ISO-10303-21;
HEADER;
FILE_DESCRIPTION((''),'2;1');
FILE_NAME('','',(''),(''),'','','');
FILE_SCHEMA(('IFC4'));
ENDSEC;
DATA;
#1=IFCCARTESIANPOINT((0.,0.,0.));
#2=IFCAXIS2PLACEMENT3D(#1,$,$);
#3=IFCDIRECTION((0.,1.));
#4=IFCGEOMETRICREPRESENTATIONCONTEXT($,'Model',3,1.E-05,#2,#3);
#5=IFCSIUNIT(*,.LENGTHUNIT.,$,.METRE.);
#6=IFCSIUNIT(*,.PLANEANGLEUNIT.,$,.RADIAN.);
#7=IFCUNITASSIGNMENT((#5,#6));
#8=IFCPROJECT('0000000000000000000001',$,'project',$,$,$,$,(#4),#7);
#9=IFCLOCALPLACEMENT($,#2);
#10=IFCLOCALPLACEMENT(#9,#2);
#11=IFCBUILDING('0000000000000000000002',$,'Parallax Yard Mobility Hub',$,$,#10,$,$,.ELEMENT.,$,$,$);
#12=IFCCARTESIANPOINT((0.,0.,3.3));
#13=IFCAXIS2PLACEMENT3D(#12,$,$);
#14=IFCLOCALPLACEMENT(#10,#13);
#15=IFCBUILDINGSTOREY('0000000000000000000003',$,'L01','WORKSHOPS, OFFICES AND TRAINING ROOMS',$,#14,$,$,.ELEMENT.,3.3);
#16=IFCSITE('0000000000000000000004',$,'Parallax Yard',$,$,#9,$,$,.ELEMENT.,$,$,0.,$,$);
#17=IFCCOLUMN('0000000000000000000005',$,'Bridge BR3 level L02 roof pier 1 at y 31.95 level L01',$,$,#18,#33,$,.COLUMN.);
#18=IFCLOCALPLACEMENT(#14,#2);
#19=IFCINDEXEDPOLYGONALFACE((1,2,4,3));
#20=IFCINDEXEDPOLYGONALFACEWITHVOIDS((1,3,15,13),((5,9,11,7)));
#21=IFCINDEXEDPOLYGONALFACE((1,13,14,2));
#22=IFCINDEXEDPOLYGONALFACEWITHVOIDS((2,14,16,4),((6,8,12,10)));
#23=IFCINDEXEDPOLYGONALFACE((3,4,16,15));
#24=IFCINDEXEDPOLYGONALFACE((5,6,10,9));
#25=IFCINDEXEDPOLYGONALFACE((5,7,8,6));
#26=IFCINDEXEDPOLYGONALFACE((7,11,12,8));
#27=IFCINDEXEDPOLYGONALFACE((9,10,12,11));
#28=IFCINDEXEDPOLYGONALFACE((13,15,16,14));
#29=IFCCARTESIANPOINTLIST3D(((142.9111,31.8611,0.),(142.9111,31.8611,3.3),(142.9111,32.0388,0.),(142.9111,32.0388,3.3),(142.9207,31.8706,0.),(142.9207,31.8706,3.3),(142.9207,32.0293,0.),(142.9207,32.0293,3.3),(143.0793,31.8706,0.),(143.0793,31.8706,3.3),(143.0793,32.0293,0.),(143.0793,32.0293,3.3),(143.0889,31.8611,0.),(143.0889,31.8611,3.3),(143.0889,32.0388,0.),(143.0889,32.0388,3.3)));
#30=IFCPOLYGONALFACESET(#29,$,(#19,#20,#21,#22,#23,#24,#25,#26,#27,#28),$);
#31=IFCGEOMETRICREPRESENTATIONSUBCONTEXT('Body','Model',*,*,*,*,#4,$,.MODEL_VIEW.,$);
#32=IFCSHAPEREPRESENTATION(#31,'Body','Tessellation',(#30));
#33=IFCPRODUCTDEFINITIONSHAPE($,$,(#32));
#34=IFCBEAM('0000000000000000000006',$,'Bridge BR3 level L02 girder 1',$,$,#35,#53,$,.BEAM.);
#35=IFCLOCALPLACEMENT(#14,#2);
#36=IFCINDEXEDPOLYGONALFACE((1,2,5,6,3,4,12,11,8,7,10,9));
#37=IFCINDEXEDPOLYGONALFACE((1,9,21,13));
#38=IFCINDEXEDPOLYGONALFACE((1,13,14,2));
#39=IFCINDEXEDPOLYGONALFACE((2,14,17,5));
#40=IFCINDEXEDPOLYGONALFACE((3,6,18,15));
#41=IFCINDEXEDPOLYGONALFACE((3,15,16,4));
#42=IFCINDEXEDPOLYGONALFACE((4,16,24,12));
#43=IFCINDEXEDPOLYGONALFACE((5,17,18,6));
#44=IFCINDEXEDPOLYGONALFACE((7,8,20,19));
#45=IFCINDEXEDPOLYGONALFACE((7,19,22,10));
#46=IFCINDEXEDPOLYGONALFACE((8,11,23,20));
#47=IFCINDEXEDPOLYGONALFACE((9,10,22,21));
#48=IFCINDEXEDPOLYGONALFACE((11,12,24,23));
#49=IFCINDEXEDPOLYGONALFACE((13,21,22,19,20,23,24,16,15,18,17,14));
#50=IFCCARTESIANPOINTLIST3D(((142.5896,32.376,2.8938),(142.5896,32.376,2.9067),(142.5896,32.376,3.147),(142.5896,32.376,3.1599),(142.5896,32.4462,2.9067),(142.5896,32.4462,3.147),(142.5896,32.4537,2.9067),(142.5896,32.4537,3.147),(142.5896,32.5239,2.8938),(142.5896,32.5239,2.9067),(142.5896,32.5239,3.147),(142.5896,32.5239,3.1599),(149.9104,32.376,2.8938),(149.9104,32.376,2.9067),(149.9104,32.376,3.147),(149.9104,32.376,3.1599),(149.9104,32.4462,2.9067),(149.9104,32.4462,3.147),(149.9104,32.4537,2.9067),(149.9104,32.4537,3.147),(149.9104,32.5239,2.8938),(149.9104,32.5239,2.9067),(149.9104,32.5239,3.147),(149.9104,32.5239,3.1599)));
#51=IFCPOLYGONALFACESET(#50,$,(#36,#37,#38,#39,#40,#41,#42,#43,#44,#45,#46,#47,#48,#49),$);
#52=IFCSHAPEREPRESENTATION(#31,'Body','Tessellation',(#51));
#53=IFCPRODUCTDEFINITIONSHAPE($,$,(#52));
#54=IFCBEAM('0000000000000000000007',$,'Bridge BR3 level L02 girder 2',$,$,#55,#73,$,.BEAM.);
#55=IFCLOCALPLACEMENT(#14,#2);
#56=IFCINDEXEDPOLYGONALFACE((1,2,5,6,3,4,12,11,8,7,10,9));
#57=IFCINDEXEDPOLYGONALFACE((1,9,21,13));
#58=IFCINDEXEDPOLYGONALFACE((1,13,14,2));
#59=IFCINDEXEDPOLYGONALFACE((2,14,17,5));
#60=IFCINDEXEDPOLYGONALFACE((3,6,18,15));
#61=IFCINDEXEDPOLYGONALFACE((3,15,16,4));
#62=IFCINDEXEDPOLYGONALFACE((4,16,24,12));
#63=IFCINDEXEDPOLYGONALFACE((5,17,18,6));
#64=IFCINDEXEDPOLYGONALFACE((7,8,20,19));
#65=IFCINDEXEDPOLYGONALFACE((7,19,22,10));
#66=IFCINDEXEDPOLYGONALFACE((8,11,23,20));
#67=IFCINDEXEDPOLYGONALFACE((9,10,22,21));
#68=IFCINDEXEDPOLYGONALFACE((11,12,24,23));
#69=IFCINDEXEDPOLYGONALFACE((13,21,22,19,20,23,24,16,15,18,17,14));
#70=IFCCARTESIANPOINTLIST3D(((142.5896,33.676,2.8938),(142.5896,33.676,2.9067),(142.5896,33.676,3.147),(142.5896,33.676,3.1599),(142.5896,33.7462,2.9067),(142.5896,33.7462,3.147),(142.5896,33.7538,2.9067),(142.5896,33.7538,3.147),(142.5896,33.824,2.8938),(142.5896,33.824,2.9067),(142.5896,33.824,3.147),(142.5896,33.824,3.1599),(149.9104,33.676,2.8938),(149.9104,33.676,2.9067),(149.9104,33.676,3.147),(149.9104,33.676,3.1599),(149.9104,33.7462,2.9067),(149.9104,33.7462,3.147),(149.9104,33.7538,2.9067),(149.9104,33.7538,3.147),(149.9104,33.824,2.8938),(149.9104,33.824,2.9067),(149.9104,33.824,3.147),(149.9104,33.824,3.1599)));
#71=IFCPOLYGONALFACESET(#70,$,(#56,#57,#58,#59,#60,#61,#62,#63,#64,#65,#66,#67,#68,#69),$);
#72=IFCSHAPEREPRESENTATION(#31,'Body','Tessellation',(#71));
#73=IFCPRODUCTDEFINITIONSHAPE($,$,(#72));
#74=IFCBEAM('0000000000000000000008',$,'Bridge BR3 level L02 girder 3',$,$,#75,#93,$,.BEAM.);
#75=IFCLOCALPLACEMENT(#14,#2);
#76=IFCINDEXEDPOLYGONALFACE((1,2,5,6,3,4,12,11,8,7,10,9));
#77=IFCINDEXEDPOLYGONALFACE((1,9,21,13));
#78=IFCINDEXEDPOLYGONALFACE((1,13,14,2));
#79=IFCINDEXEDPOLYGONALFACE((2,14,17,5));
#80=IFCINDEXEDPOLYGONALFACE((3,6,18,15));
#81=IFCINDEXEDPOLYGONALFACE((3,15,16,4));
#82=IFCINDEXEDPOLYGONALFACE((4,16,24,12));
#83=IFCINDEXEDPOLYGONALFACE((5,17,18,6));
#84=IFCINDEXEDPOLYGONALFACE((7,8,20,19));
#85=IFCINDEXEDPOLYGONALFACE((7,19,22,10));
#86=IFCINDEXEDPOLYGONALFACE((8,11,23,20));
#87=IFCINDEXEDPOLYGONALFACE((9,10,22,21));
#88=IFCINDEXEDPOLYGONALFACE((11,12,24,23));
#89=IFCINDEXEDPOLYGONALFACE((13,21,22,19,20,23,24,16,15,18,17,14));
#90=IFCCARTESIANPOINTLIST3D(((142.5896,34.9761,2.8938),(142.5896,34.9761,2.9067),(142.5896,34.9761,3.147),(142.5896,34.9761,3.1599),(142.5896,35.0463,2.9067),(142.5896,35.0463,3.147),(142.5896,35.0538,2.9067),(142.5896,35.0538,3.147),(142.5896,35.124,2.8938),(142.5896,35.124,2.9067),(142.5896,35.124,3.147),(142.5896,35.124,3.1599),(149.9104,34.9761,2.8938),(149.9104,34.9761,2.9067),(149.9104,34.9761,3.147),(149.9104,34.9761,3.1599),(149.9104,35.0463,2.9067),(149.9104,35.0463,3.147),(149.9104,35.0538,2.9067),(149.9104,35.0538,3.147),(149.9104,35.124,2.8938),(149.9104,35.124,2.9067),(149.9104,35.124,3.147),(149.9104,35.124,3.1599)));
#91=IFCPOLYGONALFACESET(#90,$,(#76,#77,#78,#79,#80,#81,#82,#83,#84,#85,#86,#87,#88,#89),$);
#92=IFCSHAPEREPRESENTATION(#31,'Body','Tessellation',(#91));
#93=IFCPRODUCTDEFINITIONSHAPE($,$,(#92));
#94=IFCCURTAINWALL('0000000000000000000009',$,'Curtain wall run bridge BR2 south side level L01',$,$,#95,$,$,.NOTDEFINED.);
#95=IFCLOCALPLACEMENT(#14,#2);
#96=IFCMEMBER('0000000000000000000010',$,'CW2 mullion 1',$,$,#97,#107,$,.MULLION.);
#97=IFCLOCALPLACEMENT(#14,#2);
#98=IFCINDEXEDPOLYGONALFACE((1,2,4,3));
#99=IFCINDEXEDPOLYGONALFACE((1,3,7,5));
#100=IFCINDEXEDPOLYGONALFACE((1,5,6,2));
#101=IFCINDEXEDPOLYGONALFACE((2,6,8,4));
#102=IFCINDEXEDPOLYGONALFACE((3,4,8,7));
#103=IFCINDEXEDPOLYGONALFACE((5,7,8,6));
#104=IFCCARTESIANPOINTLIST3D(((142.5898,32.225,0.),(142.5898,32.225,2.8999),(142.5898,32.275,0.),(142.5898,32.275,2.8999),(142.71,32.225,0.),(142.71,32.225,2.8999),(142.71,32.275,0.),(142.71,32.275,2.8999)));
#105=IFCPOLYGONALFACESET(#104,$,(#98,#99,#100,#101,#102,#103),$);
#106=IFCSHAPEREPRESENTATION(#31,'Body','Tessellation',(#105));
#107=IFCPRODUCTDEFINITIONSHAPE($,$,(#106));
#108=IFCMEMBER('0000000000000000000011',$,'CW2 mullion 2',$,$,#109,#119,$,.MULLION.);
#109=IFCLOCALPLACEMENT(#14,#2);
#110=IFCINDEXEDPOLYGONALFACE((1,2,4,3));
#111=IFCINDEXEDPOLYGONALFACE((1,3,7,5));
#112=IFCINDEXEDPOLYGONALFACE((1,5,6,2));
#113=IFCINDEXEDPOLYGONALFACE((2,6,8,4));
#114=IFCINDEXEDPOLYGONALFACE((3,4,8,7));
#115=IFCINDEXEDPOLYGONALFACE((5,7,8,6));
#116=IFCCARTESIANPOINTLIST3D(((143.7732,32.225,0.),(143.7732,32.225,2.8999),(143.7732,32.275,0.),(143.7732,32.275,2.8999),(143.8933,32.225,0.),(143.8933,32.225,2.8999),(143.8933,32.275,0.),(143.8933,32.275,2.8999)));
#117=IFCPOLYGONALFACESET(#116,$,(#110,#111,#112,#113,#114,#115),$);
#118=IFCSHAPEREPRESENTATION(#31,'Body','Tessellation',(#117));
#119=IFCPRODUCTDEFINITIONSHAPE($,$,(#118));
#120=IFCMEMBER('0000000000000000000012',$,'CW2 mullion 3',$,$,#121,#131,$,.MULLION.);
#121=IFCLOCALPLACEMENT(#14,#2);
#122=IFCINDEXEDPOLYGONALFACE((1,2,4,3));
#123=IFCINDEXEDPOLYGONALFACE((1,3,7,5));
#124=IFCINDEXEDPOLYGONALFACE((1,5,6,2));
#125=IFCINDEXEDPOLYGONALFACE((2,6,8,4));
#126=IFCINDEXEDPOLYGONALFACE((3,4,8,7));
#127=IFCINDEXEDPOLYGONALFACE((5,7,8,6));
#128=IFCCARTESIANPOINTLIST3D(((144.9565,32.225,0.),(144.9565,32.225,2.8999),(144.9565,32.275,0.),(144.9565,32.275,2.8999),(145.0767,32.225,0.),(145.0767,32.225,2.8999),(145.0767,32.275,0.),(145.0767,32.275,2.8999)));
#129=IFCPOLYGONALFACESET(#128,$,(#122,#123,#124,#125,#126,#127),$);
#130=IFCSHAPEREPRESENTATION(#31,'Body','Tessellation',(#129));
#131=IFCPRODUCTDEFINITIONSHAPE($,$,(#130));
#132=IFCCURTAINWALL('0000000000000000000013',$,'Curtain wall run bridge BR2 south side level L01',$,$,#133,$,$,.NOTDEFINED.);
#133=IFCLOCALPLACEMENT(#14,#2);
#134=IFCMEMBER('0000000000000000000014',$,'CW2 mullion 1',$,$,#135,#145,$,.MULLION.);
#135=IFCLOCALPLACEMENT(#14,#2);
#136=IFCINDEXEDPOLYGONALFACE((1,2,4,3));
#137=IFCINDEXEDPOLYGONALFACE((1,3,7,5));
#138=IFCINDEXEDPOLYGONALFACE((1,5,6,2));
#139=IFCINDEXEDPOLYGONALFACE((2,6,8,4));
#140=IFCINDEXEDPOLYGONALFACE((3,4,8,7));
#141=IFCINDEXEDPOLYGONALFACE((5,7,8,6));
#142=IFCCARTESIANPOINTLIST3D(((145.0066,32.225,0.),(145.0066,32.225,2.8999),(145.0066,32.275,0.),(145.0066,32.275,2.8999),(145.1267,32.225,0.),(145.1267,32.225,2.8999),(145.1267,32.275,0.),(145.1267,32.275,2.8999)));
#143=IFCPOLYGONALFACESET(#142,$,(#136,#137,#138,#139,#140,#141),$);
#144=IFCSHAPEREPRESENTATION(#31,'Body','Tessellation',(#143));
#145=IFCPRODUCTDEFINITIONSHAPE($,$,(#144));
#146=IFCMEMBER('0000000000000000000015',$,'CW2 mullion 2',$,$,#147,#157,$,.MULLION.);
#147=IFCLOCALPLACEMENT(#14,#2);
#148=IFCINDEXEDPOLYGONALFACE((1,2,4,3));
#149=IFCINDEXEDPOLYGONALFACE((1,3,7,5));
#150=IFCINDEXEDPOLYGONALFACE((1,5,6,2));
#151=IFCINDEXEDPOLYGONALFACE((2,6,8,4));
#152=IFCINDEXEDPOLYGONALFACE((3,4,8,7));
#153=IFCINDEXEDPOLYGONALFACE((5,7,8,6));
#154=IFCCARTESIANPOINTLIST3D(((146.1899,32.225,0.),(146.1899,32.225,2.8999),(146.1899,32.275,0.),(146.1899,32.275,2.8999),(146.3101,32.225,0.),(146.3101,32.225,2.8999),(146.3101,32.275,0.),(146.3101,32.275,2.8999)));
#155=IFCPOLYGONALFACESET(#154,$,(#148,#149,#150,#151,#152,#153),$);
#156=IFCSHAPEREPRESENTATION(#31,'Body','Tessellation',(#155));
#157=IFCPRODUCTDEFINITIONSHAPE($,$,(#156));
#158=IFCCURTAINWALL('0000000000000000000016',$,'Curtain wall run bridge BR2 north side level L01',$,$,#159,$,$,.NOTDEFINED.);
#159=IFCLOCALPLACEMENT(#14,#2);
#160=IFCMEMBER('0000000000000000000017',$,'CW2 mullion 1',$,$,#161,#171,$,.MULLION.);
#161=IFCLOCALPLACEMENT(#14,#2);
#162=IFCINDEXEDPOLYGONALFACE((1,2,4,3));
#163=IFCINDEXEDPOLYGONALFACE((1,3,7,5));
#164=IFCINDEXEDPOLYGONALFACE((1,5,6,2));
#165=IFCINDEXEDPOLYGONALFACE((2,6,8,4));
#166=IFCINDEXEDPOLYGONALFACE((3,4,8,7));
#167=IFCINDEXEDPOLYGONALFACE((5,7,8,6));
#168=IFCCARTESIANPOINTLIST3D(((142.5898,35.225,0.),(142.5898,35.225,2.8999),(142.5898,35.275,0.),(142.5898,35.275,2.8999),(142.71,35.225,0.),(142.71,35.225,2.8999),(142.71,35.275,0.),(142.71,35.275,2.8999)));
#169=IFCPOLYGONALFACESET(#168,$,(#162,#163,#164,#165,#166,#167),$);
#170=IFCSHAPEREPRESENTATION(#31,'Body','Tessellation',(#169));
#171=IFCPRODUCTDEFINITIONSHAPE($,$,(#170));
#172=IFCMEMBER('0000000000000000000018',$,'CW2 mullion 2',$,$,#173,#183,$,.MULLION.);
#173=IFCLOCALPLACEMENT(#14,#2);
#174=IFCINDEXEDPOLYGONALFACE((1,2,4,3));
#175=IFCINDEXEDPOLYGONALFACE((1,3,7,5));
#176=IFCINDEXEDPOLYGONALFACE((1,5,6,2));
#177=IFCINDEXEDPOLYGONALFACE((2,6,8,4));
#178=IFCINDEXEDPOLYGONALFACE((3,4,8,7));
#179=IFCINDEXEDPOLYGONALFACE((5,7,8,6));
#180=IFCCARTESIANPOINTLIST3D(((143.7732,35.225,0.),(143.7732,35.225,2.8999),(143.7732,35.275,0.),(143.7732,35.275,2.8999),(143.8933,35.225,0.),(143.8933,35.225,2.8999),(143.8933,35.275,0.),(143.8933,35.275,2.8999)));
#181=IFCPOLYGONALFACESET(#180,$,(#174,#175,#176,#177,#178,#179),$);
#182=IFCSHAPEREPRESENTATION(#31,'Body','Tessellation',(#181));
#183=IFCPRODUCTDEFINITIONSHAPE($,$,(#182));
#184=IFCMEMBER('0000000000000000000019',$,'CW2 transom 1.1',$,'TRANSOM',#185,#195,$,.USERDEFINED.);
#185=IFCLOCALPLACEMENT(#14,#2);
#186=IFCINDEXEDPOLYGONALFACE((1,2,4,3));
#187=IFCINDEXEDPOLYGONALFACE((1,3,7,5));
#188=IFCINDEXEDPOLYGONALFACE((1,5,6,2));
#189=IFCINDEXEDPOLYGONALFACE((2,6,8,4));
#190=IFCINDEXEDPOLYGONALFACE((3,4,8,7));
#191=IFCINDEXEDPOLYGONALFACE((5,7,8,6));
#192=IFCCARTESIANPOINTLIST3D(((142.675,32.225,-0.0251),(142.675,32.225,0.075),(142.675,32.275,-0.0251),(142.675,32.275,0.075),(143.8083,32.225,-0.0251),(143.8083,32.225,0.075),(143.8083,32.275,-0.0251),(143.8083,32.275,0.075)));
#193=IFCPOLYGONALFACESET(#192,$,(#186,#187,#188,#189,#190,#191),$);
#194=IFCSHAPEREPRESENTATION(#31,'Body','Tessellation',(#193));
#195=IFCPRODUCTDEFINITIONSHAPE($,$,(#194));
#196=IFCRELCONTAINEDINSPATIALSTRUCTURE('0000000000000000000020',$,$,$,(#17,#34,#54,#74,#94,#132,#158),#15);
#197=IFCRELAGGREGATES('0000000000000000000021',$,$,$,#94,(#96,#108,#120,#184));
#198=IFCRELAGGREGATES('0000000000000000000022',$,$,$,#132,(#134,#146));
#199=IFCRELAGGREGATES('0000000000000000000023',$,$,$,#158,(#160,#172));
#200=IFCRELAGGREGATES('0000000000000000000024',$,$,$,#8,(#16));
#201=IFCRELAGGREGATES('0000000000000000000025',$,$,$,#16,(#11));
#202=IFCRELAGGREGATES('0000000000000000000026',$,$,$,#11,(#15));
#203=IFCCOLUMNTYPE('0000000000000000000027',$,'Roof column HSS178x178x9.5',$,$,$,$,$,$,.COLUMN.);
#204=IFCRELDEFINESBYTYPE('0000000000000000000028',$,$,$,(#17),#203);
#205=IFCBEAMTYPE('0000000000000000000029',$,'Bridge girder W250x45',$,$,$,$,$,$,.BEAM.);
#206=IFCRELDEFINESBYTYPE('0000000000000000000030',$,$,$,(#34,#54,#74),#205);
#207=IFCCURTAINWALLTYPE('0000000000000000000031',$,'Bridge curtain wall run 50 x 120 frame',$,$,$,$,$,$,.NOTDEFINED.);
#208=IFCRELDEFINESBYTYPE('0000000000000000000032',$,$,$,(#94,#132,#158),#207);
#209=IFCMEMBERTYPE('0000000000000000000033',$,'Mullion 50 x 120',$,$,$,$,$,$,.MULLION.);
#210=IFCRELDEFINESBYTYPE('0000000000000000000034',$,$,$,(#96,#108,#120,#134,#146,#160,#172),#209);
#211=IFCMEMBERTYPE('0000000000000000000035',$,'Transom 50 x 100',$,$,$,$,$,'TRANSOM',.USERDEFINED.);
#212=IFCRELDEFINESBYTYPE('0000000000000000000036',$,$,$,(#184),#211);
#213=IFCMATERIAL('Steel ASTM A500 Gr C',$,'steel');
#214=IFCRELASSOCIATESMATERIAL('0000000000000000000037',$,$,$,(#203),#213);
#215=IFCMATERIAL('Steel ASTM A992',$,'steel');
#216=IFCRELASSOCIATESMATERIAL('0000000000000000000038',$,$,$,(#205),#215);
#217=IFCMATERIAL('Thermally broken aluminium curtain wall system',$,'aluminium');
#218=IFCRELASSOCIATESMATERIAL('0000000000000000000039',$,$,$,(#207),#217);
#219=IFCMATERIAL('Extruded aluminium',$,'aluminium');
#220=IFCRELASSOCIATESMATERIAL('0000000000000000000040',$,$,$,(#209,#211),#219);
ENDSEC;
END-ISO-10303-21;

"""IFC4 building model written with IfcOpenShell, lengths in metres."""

from ifc_helpers import new_model, si_unit, direction, frame, origin, origin_2d, place, context, subcontext, project, spatial, rectangle, hollow_rectangle, i_section, extrude, material, material_profile, profile_set, type_object, element, aggregate, save


model = new_model("IFC4")

# Units and contexts
model_context = context("Model", 3, precision=1e-05, world=origin(), true_north=direction((0.0, 1.0)))
body_context = subcontext(model_context, "Body", "Model", "MODEL_VIEW")
ifc_project = project(units=[si_unit("LENGTHUNIT", "METRE"), si_unit("PLANEANGLEUNIT", "RADIAN")], contexts=[model_context])

# Site, building, storey
site_placement = place(None, origin())
site = spatial("IfcSite", under=ifc_project, at=site_placement, Name="Parallax Yard", CompositionType="ELEMENT", RefElevation=0.0)
building_placement = place(site_placement, origin())
building = spatial("IfcBuilding", under=site, at=building_placement, Name="Parallax Yard Mobility Hub", CompositionType="ELEMENT")
storey_placement = place(building_placement, frame((0.0, 0.0, 3.3)))
storey = spatial("IfcBuildingStorey", under=building, at=storey_placement, Name="L01", Description="WORKSHOPS, OFFICES AND TRAINING ROOMS", CompositionType="ELEMENT", Elevation=3.3)

# Column
ifc_material_1 = material(Name="Steel ASTM A500 Gr C", Category="steel")
ifc_material_profile_1 = material_profile(ifc_material_1, hollow_rectangle(XDim=0.1777, YDim=0.1777, WallThickness=0.0095, at=origin_2d()), Name="HSS178x178x9.5")
ifc_profile_set_1 = profile_set([ifc_material_profile_1], Name="Steel ASTM A500 Gr C")
column_type = type_object("IfcColumnType", Name="Roof column HSS178x178x9.5", PredefinedType="COLUMN", material=ifc_profile_set_1)
column_placement = place(storey_placement, frame((143.0, 31.95, 0.0), z_axis=(0.0, 0.0, 1.0), x_axis=(1.0, 0.0, 0.0)))
element("IfcColumn", 1, at=column_placement, inside=storey, type_object=column_type, Name="Bridge BR3 level L02 roof pier 1 at y 31.95 level L01", PredefinedType="COLUMN", context=body_context, shape_type="SweptSolid", body=[
    extrude(hollow_rectangle(XDim=0.1777, YDim=0.1777, WallThickness=0.0095, at=origin_2d()), origin(), (0.0, 0.0, 1.0), 3.3),
])

# Beams
ifc_material_2 = material(Name="Steel ASTM A992", Category="steel")
ifc_material_profile_2 = material_profile(ifc_material_2, i_section(OverallWidth=0.1479, OverallDepth=0.2661, WebThickness=0.0076, FlangeThickness=0.0129, at=origin_2d()), Name="W250x45")
ifc_profile_set_2 = profile_set([ifc_material_profile_2], Name="Steel ASTM A992")
beam_type = type_object("IfcBeamType", Name="Bridge girder W250x45", PredefinedType="BEAM", material=ifc_profile_set_2)
for number, where, z_axis, x_axis, name in (
    (2, (142.5896, 32.45, 3.0269), (1.0, 0.0, 0.0), (0.0, 1.0, 0.0), "Bridge BR3 level L02 girder 1"),
    (3, (142.5896, 33.75, 3.0269), (1.0, 0.0, 0.0), (0.0, 1.0, 0.0), "Bridge BR3 level L02 girder 2"),
    (4, (142.5896, 35.05, 3.0269), (1.0, 0.0, 0.0), (0.0, 1.0, 0.0), "Bridge BR3 level L02 girder 3"),
):
    element("IfcBeam", number, at=place(storey_placement, frame(where, z_axis=z_axis, x_axis=x_axis)), inside=storey, type_object=beam_type, Name=name, PredefinedType="BEAM", context=body_context, shape_type="SweptSolid", body=[
        extrude(i_section(OverallWidth=0.1479, OverallDepth=0.2661, WebThickness=0.0076, FlangeThickness=0.0129, at=origin_2d()), origin(), (0.0, 0.0, 1.0), 7.3208),
    ])

# Curtain walls, members
ifc_material_3 = material(Name="Thermally broken aluminium curtain wall system", Category="aluminium")
curtain_wall_type = type_object("IfcCurtainWallType", Name="Bridge curtain wall run 50 x 120 frame", PredefinedType="NOTDEFINED", material=ifc_material_3)
curtain_wall_1_placement = place(storey_placement, origin())
curtain_wall_1 = element("IfcCurtainWall", 5, at=curtain_wall_1_placement, inside=storey, type_object=curtain_wall_type, Name="Curtain wall run bridge BR2 south side level L01", PredefinedType="NOTDEFINED")
ifc_material_4 = material(Name="Extruded aluminium", Category="aluminium")
ifc_material_profile_3 = material_profile(ifc_material_4, rectangle(XDim=0.05, YDim=0.1201, at=origin_2d()), Name="Mullion 50 x 120")
ifc_profile_set_3 = profile_set([ifc_material_profile_3], Name="Extruded aluminium")
member_type_1 = type_object("IfcMemberType", Name="Mullion 50 x 120", PredefinedType="MULLION", material=ifc_profile_set_3)
member_1_placement = place(storey_placement, frame((142.6499, 32.25, 0.0), z_axis=(0.0, 0.0, 1.0), x_axis=(0.0, 1.0, 0.0)))
member_1 = element("IfcMember", 6, at=member_1_placement, type_object=member_type_1, Name="CW2 mullion 1", PredefinedType="MULLION", context=body_context, shape_type="SweptSolid", body=[
    extrude(rectangle(XDim=0.05, YDim=0.1201, at=origin_2d()), origin(), (0.0, 0.0, 1.0), 2.8999),
])
member_2_placement = place(storey_placement, frame((143.8333, 32.25, 0.0), z_axis=(0.0, 0.0, 1.0), x_axis=(0.0, 1.0, 0.0)))
member_2 = element("IfcMember", 7, at=member_2_placement, type_object=member_type_1, Name="CW2 mullion 2", PredefinedType="MULLION", context=body_context, shape_type="SweptSolid", body=[
    extrude(rectangle(XDim=0.05, YDim=0.1201, at=origin_2d()), origin(), (0.0, 0.0, 1.0), 2.8999),
])
member_3_placement = place(storey_placement, frame((145.0166, 32.25, 0.0), z_axis=(0.0, 0.0, 1.0), x_axis=(0.0, 1.0, 0.0)))
member_3 = element("IfcMember", 8, at=member_3_placement, type_object=member_type_1, Name="CW2 mullion 3", PredefinedType="MULLION", context=body_context, shape_type="SweptSolid", body=[
    extrude(rectangle(XDim=0.05, YDim=0.1201, at=origin_2d()), origin(), (0.0, 0.0, 1.0), 2.8999),
])
curtain_wall_2_placement = place(storey_placement, origin())
curtain_wall_2 = element("IfcCurtainWall", 9, at=curtain_wall_2_placement, inside=storey, type_object=curtain_wall_type, Name="Curtain wall run bridge BR2 south side level L01", PredefinedType="NOTDEFINED")
member_4_placement = place(storey_placement, frame((145.0667, 32.25, 0.0), z_axis=(0.0, 0.0, 1.0), x_axis=(0.0, 1.0, 0.0)))
member_4 = element("IfcMember", 10, at=member_4_placement, type_object=member_type_1, Name="CW2 mullion 1", PredefinedType="MULLION", context=body_context, shape_type="SweptSolid", body=[
    extrude(rectangle(XDim=0.05, YDim=0.1201, at=origin_2d()), origin(), (0.0, 0.0, 1.0), 2.8999),
])
member_5_placement = place(storey_placement, frame((146.25, 32.25, 0.0), z_axis=(0.0, 0.0, 1.0), x_axis=(0.0, 1.0, 0.0)))
member_5 = element("IfcMember", 11, at=member_5_placement, type_object=member_type_1, Name="CW2 mullion 2", PredefinedType="MULLION", context=body_context, shape_type="SweptSolid", body=[
    extrude(rectangle(XDim=0.05, YDim=0.1201, at=origin_2d()), origin(), (0.0, 0.0, 1.0), 2.8999),
])
curtain_wall_3_placement = place(storey_placement, origin())
curtain_wall_3 = element("IfcCurtainWall", 12, at=curtain_wall_3_placement, inside=storey, type_object=curtain_wall_type, Name="Curtain wall run bridge BR2 north side level L01", PredefinedType="NOTDEFINED")
member_6_placement = place(storey_placement, frame((142.6499, 35.25, 0.0), z_axis=(0.0, 0.0, 1.0), x_axis=(0.0, 1.0, 0.0)))
member_6 = element("IfcMember", 13, at=member_6_placement, type_object=member_type_1, Name="CW2 mullion 1", PredefinedType="MULLION", context=body_context, shape_type="SweptSolid", body=[
    extrude(rectangle(XDim=0.05, YDim=0.1201, at=origin_2d()), origin(), (0.0, 0.0, 1.0), 2.8999),
])
member_7_placement = place(storey_placement, frame((143.8333, 35.25, 0.0), z_axis=(0.0, 0.0, 1.0), x_axis=(0.0, 1.0, 0.0)))
member_7 = element("IfcMember", 14, at=member_7_placement, type_object=member_type_1, Name="CW2 mullion 2", PredefinedType="MULLION", context=body_context, shape_type="SweptSolid", body=[
    extrude(rectangle(XDim=0.05, YDim=0.1201, at=origin_2d()), origin(), (0.0, 0.0, 1.0), 2.8999),
])

# Member
ifc_material_profile_4 = material_profile(ifc_material_4, rectangle(XDim=0.05, YDim=0.1001, at=origin_2d()), Name="Transom 50 x 100")
ifc_profile_set_4 = profile_set([ifc_material_profile_4], Name="Extruded aluminium")
member_type_2 = type_object("IfcMemberType", Name="Transom 50 x 100", ElementType="TRANSOM", PredefinedType="USERDEFINED", material=ifc_profile_set_4)
member_8_placement = place(storey_placement, frame((142.675, 32.25, 0.0249), z_axis=(1.0, 0.0, 0.0), x_axis=(0.0, 1.0, 0.0)))
member_8 = element("IfcMember", 15, at=member_8_placement, type_object=member_type_2, Name="CW2 transom 1.1", ObjectType="TRANSOM", PredefinedType="USERDEFINED", context=body_context, shape_type="SweptSolid", body=[
    extrude(rectangle(XDim=0.05, YDim=0.1001, at=origin_2d()), origin(), (0.0, 0.0, 1.0), 1.1333),
])

aggregate(curtain_wall_1, [member_1, member_2, member_3, member_8])
aggregate(curtain_wall_2, [member_4, member_5])
aggregate(curtain_wall_3, [member_6, member_7])

save(model, "model.ifc")
